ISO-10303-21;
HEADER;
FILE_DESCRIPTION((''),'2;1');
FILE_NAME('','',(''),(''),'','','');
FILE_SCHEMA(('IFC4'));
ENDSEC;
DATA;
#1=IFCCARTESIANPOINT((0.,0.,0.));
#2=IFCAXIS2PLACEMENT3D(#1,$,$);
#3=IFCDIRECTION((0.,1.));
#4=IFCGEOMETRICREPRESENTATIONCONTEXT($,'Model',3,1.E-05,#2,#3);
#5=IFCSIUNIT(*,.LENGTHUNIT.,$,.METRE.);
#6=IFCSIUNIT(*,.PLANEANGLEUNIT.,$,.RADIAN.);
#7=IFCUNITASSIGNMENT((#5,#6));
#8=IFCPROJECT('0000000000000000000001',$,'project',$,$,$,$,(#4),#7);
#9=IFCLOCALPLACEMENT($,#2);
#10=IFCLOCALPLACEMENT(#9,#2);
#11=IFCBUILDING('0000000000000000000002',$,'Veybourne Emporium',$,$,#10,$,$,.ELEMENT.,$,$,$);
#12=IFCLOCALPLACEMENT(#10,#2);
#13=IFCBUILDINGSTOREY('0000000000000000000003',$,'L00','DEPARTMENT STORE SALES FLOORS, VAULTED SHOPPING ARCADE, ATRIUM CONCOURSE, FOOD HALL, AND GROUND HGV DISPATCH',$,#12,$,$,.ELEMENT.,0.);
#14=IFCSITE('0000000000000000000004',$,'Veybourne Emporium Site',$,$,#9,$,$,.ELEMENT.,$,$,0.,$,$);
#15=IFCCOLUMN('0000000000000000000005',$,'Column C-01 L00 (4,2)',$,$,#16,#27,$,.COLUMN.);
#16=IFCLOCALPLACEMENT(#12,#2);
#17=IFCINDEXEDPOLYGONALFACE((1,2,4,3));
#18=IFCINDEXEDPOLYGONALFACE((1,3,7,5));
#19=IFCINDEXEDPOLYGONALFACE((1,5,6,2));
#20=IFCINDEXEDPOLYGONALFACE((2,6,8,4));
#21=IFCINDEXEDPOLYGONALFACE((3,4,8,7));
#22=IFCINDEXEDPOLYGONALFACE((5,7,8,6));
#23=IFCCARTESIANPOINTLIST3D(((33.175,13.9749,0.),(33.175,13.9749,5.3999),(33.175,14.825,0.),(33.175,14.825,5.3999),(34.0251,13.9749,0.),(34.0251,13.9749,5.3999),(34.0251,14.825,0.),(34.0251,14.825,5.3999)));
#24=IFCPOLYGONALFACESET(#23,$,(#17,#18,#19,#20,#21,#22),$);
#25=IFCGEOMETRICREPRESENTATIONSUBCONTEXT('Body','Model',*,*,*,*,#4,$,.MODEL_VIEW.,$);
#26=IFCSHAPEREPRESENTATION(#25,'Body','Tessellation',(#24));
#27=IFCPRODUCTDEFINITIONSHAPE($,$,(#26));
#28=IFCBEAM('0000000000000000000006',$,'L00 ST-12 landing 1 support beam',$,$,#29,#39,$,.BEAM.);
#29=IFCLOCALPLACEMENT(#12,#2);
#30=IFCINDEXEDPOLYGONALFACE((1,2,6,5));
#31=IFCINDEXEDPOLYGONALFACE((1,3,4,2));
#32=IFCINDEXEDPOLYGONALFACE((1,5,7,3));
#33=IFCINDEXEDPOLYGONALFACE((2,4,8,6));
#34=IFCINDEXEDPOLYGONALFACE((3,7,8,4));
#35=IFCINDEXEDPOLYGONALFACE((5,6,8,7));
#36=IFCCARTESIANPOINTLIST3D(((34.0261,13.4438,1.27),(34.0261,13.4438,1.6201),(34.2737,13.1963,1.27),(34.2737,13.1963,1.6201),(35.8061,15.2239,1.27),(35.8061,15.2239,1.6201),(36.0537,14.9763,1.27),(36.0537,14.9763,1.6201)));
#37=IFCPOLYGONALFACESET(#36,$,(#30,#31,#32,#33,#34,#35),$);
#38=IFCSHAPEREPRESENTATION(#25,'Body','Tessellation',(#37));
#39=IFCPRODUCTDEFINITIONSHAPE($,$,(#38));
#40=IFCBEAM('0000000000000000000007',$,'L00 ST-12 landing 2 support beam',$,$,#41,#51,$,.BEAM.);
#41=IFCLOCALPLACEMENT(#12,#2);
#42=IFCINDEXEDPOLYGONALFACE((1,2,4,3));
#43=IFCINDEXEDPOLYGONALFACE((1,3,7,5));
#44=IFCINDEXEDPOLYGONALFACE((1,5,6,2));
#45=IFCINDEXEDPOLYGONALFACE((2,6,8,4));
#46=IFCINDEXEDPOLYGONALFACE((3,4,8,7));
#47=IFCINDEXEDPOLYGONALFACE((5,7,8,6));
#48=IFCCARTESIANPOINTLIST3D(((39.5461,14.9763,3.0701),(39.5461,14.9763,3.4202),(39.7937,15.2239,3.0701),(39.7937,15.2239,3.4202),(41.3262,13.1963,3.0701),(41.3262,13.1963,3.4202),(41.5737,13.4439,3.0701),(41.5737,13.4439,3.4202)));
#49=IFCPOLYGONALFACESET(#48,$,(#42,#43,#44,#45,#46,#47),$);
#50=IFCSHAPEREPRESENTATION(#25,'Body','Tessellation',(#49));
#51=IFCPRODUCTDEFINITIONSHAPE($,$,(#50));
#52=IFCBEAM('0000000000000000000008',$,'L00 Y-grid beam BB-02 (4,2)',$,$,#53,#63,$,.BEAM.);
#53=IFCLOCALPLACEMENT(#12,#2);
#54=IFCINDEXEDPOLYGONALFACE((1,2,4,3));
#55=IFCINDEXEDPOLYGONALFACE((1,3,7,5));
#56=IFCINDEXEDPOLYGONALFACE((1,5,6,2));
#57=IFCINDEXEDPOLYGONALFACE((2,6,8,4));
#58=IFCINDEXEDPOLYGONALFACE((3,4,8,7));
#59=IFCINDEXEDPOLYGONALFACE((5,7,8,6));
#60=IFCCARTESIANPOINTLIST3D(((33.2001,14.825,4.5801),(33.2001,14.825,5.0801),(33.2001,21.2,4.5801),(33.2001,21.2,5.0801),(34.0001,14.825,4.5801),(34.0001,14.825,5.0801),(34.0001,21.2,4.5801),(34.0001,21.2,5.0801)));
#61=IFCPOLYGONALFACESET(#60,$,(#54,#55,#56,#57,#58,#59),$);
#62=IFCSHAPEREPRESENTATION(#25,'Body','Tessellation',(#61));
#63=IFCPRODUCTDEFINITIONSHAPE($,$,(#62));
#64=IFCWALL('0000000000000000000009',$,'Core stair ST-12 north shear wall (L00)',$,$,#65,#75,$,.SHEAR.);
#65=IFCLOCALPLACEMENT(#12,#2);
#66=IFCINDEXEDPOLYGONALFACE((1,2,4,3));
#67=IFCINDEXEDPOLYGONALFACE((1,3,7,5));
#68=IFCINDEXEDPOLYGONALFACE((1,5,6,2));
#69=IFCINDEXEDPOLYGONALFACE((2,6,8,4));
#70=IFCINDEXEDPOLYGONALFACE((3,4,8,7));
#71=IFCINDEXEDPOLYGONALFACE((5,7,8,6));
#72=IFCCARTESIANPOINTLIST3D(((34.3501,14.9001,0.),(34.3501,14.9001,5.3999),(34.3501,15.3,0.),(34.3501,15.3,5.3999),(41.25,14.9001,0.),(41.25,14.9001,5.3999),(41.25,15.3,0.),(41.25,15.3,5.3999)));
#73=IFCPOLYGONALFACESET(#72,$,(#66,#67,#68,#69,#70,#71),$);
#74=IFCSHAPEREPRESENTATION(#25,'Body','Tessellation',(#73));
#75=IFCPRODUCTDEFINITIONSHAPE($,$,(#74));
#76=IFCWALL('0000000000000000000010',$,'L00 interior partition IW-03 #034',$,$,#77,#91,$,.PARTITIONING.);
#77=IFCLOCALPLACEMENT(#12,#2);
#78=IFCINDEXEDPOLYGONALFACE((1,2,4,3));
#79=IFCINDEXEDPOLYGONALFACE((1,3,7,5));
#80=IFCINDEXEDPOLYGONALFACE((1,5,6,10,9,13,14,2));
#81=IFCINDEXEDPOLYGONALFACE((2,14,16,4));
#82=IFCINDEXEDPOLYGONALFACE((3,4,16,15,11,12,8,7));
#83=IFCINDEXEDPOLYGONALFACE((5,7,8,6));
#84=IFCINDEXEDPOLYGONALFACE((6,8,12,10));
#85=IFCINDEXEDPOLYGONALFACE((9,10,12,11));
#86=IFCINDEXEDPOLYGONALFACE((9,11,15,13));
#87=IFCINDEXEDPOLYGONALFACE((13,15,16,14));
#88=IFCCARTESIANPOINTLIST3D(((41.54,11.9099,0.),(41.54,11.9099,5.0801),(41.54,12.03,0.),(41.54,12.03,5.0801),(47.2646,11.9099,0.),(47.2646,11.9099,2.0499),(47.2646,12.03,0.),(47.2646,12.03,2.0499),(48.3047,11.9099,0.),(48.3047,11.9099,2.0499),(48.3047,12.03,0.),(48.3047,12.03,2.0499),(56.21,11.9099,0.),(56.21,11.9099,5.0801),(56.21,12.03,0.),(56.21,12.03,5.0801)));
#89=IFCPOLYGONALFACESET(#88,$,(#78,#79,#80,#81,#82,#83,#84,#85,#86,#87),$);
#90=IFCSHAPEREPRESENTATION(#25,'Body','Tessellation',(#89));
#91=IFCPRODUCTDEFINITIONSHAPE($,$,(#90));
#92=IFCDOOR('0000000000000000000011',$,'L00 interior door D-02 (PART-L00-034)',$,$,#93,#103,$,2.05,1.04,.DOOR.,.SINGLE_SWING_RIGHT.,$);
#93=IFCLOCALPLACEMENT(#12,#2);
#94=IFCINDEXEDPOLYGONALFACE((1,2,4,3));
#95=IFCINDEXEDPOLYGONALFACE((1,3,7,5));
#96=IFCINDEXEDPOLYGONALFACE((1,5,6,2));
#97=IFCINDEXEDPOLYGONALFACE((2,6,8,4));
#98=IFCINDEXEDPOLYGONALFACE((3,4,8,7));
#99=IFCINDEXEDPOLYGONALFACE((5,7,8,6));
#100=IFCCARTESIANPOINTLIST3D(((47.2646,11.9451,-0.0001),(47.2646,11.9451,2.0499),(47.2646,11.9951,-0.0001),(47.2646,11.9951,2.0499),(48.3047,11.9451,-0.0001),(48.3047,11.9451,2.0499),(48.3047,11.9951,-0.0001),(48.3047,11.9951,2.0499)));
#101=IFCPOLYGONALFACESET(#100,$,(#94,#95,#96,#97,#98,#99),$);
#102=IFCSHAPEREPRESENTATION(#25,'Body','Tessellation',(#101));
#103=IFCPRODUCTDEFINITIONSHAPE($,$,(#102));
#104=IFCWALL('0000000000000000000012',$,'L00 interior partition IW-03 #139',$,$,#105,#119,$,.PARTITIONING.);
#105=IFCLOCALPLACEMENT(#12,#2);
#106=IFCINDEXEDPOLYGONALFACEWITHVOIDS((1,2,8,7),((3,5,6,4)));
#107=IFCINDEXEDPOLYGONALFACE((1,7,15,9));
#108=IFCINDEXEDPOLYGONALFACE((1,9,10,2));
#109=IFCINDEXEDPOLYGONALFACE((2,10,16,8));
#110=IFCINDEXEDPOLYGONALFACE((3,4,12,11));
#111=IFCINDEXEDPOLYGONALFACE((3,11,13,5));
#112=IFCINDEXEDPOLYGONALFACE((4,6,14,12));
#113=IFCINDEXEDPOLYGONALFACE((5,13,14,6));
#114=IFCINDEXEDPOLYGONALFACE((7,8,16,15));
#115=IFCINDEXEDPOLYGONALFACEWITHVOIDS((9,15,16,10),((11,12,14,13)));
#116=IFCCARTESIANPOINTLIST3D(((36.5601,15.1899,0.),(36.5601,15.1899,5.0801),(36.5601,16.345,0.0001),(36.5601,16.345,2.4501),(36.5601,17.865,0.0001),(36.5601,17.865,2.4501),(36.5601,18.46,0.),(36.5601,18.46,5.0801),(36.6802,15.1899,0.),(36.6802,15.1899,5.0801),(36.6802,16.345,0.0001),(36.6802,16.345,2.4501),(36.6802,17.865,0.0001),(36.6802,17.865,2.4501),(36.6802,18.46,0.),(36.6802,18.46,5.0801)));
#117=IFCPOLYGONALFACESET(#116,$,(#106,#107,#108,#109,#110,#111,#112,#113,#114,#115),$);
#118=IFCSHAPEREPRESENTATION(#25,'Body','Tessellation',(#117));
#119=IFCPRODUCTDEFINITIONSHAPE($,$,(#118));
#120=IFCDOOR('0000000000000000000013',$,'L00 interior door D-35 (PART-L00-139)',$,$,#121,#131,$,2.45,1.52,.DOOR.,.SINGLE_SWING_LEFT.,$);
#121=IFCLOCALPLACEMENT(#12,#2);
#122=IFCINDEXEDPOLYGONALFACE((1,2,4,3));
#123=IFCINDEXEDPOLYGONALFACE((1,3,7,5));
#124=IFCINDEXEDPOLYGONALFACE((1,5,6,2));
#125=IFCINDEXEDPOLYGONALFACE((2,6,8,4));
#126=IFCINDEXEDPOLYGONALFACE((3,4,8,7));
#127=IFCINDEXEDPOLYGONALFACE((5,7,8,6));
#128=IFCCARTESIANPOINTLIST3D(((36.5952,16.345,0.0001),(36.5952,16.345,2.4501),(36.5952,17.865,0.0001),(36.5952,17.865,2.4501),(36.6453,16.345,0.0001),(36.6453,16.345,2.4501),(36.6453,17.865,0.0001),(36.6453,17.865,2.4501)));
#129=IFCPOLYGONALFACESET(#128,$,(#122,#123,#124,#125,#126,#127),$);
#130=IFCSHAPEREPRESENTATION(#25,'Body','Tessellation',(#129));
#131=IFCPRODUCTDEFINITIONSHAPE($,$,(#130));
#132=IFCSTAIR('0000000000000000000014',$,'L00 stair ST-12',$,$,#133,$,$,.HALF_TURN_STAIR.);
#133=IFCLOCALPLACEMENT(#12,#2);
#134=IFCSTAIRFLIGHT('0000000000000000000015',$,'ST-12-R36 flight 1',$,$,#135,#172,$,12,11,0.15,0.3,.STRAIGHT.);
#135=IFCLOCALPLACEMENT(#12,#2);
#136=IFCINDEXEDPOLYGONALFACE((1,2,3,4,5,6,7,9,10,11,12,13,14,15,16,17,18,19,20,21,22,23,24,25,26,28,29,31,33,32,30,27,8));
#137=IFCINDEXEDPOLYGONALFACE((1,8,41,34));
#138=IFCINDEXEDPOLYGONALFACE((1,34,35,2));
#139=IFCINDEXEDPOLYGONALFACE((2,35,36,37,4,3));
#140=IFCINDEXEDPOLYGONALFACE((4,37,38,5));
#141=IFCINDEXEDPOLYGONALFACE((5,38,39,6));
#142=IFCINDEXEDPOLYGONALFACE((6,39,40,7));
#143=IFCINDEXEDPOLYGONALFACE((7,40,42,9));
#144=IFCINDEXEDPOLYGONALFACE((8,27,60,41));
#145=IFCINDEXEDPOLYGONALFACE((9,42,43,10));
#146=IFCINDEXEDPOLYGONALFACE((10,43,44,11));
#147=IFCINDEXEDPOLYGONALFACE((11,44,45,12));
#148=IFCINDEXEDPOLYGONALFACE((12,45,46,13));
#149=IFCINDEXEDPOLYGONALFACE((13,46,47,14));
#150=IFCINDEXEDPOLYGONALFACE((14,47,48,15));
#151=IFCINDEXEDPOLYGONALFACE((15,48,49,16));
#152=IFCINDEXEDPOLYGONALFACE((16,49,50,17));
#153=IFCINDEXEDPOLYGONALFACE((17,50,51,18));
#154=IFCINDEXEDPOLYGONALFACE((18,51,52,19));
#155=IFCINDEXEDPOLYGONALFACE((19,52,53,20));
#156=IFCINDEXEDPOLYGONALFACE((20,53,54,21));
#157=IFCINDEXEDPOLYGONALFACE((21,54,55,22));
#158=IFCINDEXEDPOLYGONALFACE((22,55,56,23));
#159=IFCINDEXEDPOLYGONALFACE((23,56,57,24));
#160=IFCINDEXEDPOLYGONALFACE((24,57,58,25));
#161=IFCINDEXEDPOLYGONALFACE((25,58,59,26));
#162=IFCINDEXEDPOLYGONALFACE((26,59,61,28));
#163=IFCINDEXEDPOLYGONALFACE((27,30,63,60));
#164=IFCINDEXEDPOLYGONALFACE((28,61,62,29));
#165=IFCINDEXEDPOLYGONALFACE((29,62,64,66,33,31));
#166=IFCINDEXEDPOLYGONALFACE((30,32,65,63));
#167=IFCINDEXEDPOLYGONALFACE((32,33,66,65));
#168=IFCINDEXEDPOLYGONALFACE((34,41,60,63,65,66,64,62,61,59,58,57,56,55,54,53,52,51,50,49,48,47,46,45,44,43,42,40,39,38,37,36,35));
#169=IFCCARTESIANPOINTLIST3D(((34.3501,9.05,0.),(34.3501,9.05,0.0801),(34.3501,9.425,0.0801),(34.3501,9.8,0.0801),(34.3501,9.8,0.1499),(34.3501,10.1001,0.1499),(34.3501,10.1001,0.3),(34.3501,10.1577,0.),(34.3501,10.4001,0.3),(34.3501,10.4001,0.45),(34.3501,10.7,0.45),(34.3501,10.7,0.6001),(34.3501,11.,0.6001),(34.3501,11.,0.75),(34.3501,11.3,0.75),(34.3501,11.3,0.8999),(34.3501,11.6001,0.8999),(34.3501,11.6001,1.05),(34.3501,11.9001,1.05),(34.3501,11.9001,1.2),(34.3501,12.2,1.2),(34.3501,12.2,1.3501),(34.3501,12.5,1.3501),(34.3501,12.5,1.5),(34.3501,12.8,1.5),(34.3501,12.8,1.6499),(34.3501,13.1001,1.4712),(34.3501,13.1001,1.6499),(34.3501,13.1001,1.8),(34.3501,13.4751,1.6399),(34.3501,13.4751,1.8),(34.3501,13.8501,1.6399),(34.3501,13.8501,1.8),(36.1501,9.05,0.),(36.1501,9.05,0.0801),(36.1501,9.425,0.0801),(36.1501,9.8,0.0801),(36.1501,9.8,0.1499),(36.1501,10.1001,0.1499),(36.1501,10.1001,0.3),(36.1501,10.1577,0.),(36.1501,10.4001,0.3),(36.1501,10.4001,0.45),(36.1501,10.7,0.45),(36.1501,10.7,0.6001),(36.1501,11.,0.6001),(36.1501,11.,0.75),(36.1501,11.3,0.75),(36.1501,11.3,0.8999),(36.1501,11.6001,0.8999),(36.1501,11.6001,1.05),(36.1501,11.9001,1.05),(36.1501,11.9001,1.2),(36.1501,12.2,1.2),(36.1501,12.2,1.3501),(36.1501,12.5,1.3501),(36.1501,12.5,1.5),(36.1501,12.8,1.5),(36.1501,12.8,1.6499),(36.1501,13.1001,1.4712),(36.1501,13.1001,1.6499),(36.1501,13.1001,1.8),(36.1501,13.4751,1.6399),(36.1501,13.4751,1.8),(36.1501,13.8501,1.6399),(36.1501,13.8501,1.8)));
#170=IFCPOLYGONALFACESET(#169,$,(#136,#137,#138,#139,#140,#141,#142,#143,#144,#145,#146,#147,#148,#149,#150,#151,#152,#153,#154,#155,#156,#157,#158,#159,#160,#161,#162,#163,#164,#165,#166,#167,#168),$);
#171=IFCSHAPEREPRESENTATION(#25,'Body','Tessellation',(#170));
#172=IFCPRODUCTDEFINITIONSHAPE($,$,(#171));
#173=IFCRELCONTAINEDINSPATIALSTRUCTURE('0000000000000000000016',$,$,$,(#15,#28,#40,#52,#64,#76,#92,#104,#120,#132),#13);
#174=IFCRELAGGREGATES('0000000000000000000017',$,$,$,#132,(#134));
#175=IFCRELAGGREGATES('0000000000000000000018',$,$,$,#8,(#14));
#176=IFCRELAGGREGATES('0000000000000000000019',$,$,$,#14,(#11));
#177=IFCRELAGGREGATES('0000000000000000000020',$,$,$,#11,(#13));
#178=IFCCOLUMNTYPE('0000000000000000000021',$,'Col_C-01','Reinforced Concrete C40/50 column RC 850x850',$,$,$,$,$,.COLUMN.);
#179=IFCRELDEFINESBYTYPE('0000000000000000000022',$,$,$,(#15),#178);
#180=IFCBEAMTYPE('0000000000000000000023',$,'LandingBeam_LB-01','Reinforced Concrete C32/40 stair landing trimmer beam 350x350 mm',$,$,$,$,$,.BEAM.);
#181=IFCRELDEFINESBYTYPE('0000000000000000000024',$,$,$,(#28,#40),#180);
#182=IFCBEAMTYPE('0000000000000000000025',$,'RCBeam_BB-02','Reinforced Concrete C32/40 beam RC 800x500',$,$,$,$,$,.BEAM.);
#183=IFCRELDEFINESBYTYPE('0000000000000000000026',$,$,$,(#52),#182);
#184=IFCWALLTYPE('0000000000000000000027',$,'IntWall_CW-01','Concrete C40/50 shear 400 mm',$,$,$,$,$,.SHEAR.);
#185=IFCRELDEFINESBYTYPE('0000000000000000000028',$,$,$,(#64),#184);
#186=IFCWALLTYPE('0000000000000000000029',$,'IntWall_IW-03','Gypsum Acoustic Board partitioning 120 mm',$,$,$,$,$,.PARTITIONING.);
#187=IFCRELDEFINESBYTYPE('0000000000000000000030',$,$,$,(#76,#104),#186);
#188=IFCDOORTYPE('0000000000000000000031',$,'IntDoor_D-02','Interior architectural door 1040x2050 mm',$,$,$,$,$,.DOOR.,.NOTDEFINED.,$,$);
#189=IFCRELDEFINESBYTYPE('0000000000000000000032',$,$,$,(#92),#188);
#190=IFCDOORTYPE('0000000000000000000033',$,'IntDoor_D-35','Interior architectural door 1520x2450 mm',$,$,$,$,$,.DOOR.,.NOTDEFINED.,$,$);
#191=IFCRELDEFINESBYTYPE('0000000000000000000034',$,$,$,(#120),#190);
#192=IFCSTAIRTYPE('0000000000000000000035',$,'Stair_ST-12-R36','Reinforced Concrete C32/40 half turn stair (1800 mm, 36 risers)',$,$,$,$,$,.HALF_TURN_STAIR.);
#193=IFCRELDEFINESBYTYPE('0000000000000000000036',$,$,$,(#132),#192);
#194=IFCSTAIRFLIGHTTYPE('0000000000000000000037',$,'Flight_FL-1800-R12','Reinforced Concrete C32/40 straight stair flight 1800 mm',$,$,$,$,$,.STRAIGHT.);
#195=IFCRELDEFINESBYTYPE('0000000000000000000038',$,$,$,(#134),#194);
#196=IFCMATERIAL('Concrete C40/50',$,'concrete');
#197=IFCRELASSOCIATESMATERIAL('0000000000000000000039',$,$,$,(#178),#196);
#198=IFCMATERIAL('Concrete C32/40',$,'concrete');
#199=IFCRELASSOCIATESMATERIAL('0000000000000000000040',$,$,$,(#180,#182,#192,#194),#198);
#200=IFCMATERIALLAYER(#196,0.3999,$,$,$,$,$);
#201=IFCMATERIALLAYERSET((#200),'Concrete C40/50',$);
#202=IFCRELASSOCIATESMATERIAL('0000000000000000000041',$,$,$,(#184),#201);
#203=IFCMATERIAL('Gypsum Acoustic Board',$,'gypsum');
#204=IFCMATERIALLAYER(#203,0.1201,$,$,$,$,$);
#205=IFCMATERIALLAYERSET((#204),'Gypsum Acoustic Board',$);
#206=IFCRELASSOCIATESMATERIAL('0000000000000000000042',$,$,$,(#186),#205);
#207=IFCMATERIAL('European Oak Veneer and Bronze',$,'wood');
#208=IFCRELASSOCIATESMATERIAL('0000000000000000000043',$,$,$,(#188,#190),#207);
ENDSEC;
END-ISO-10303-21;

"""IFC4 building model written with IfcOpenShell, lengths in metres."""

from ifc_helpers import new_model, si_unit, direction, frame, frame_2d, origin, origin_2d, place, context, subcontext, project, spatial, polyline, rectangle, outline, extrude, material, layer, layer_set, material_profile, profile_set, type_object, element, fill, aggregate, save


model = new_model("IFC4")

# Units and contexts
model_context = context("Model", 3, precision=1e-05, world=origin(), true_north=direction((0.0, 1.0)))
body_context = subcontext(model_context, "Body", "Model", "MODEL_VIEW")
ifc_project = project(units=[si_unit("LENGTHUNIT", "METRE"), si_unit("PLANEANGLEUNIT", "RADIAN")], contexts=[model_context])

# Site, building, storey
site_placement = place(None, origin())
site = spatial("IfcSite", under=ifc_project, at=site_placement, Name="Veybourne Emporium Site", CompositionType="ELEMENT", RefElevation=0.0)
building_placement = place(site_placement, origin())
building = spatial("IfcBuilding", under=site, at=building_placement, Name="Veybourne Emporium", CompositionType="ELEMENT")
storey_placement = place(building_placement, origin())
storey = spatial("IfcBuildingStorey", under=building, at=storey_placement, Name="L00", Description="DEPARTMENT STORE SALES FLOORS, VAULTED SHOPPING ARCADE, ATRIUM CONCOURSE, FOOD HALL, AND GROUND HGV DISPATCH", CompositionType="ELEMENT", Elevation=0.0)

# Column
ifc_material_1 = material(Name="Concrete C40/50", Category="concrete")
ifc_material_profile_1 = material_profile(ifc_material_1, rectangle(XDim=0.8501, YDim=0.8501, at=origin_2d()), Name="RC 850x850")
ifc_profile_set_1 = profile_set([ifc_material_profile_1], Name="Concrete C40/50")
column_type = type_object("IfcColumnType", Name="Col_C-01", Description="Reinforced Concrete C40/50 column RC 850x850", PredefinedType="COLUMN", material=ifc_profile_set_1)
column_placement = place(storey_placement, frame((33.6001, 14.3999, 0.0), z_axis=(0.0, 0.0, 1.0), x_axis=(1.0, 0.0, 0.0)))
element("IfcColumn", 1, at=column_placement, inside=storey, type_object=column_type, Name="Column C-01 L00 (4,2)", PredefinedType="COLUMN", context=body_context, shape_type="SweptSolid", body=[
    extrude(rectangle(XDim=0.8501, YDim=0.8501, at=origin_2d()), origin(), (0.0, 0.0, 1.0), 5.3999),
])

# Beams
ifc_material_2 = material(Name="Concrete C32/40", Category="concrete")
ifc_material_profile_2 = material_profile(ifc_material_2, rectangle(XDim=0.3501, YDim=0.3501, at=origin_2d()), Name="RC 350x350")
ifc_profile_set_2 = profile_set([ifc_material_profile_2], Name="Concrete C32/40")
beam_type_1 = type_object("IfcBeamType", Name="LandingBeam_LB-01", Description="Reinforced Concrete C32/40 stair landing trimmer beam 350x350 mm", PredefinedType="BEAM", material=ifc_profile_set_2)
for number, where, z_axis, x_axis, name in (
    (2, (34.1499, 13.3201, 1.4451), (0.707107, 0.707107, 0.0), (-0.707107, 0.707107, 0.0), "L00 ST-12 landing 1 support beam"),
    (3, (39.6699, 15.1001, 3.2451), (0.707107, -0.707107, 0.0), (0.707107, 0.707107, 0.0), "L00 ST-12 landing 2 support beam"),
):
    element("IfcBeam", number, at=place(storey_placement, frame(where, z_axis=z_axis, x_axis=x_axis)), inside=storey, type_object=beam_type_1, Name=name, PredefinedType="BEAM", context=body_context, shape_type="SweptSolid", body=[
        extrude(rectangle(XDim=0.3501, YDim=0.3501, at=origin_2d()), origin(), (0.0, 0.0, 1.0), 2.5173),
    ])
ifc_material_profile_3 = material_profile(ifc_material_2, rectangle(XDim=0.8, YDim=0.5, at=origin_2d()), Name="RC 800x500")
ifc_profile_set_3 = profile_set([ifc_material_profile_3], Name="Concrete C32/40")
beam_type_2 = type_object("IfcBeamType", Name="RCBeam_BB-02", Description="Reinforced Concrete C32/40 beam RC 800x500", PredefinedType="BEAM", material=ifc_profile_set_3)
beam_placement = place(storey_placement, frame((33.6001, 14.825, 4.8301), z_axis=(0.0, 1.0, 0.0), x_axis=(-1.0, 0.0, 0.0)))
element("IfcBeam", 4, at=beam_placement, inside=storey, type_object=beam_type_2, Name="L00 Y-grid beam BB-02 (4,2)", PredefinedType="BEAM", context=body_context, shape_type="SweptSolid", body=[
    extrude(rectangle(XDim=0.8, YDim=0.5, at=origin_2d()), origin(), (0.0, 0.0, 1.0), 6.375),
])

# Wall
ifc_layer_1 = layer(ifc_material_1, 0.3999)
ifc_layer_set_1 = layer_set([ifc_layer_1], Name="Concrete C40/50")
wall_type_1 = type_object("IfcWallType", Name="IntWall_CW-01", Description="Concrete C40/50 shear 400 mm", PredefinedType="SHEAR", material=ifc_layer_set_1)
wall_1_placement = place(storey_placement, frame((34.3501, 15.1001, 0.0), z_axis=(0.0, 0.0, 1.0), x_axis=(1.0, 0.0, 0.0)))
element("IfcWall", 5, at=wall_1_placement, inside=storey, type_object=wall_type_1, Name="Core stair ST-12 north shear wall (L00)", PredefinedType="SHEAR", context=body_context, shape_type="SweptSolid", body=[
    extrude(rectangle(XDim=6.8999, YDim=0.3999, at=frame_2d((3.45, 0.0))), origin(), (0.0, 0.0, 1.0), 5.3999),
])

# Walls, openings, doors
ifc_material_3 = material(Name="Gypsum Acoustic Board", Category="gypsum")
ifc_material_4 = material(Name="European Oak Veneer and Bronze", Category="wood")
ifc_layer_2 = layer(ifc_material_3, 0.1201)
ifc_layer_set_2 = layer_set([ifc_layer_2], Name="Gypsum Acoustic Board")
wall_type_2 = type_object("IfcWallType", Name="IntWall_IW-03", Description="Gypsum Acoustic Board partitioning 120 mm", PredefinedType="PARTITIONING", material=ifc_layer_set_2)
wall_2_placement = place(storey_placement, frame((41.54, 11.97, 0.0), z_axis=(0.0, 0.0, 1.0), x_axis=(1.0, 0.0, 0.0)))
wall_2 = element("IfcWall", 6, at=wall_2_placement, inside=storey, type_object=wall_type_2, Name="L00 interior partition IW-03 #034", PredefinedType="PARTITIONING", context=body_context, shape_type="SweptSolid", body=[
    extrude(rectangle(XDim=14.6699, YDim=0.1201, at=frame_2d((7.335, 0.0))), origin(), (0.0, 0.0, 1.0), 5.0801),
])
opening_1_placement = place(wall_2_placement, frame((5.7246, 0.0, 0.0)))
opening_1 = element("IfcOpeningElement", 7, at=opening_1_placement, cuts=wall_2, PredefinedType="OPENING", context=body_context, shape_type="SweptSolid", body=[
    extrude(rectangle(XDim=1.04, YDim=2.05, at=frame_2d((0.52, 1.0249))), frame((0.0, 0.0801, 0.0), z_axis=(0.0, -1.0, 0.0), x_axis=(1.0, 0.0, 0.0)), (0.0, 0.0, 1.0), 0.1602),
])
door_type_1 = type_object("IfcDoorType", Name="IntDoor_D-02", Description="Interior architectural door 1040x2050 mm", OperationType="NOTDEFINED", PredefinedType="DOOR", material=ifc_material_4)
door_1_placement = place(opening_1_placement, frame((1.04, 0.0, 0.0), z_axis=(0.0, 0.0, 1.0), x_axis=(-1.0, 0.0, 0.0)))
door_1 = element("IfcDoor", 8, at=door_1_placement, inside=storey, type_object=door_type_1, Name="L00 interior door D-02 (PART-L00-034)", OperationType="SINGLE_SWING_RIGHT", OverallHeight=2.05, OverallWidth=1.04, PredefinedType="DOOR", context=body_context, shape_type="SweptSolid", body=[
    extrude(rectangle(XDim=1.04, YDim=2.05, at=frame_2d((0.52, 1.0249))), frame((0.0, 0.0249, 0.0), z_axis=(0.0, -1.0, 0.0), x_axis=(1.0, 0.0, 0.0)), (0.0, 0.0, 1.0), 0.05),
])
fill(opening_1, door_1)
wall_3_placement = place(storey_placement, frame((36.6201, 15.1899, 0.0), z_axis=(0.0, 0.0, 1.0), x_axis=(0.0, 1.0, 0.0)))
wall_3 = element("IfcWall", 9, at=wall_3_placement, inside=storey, type_object=wall_type_2, Name="L00 interior partition IW-03 #139", PredefinedType="PARTITIONING", context=body_context, shape_type="SweptSolid", body=[
    extrude(rectangle(XDim=3.27, YDim=0.1201, at=frame_2d((1.635, 0.0))), origin(), (0.0, 0.0, 1.0), 5.0801),
])
opening_2_placement = place(wall_3_placement, frame((1.155, 0.0, 0.0)))
opening_2 = element("IfcOpeningElement", 10, at=opening_2_placement, cuts=wall_3, PredefinedType="OPENING", context=body_context, shape_type="SweptSolid", body=[
    extrude(rectangle(XDim=1.52, YDim=2.45, at=frame_2d((0.76, 1.2251))), frame((0.0, 0.0801, 0.0), z_axis=(0.0, -1.0, 0.0), x_axis=(1.0, 0.0, 0.0)), (0.0, 0.0, 1.0), 0.1602),
])
door_type_2 = type_object("IfcDoorType", Name="IntDoor_D-35", Description="Interior architectural door 1520x2450 mm", OperationType="NOTDEFINED", PredefinedType="DOOR", material=ifc_material_4)
door_2_placement = place(opening_2_placement, origin())
door_2 = element("IfcDoor", 11, at=door_2_placement, inside=storey, type_object=door_type_2, Name="L00 interior door D-35 (PART-L00-139)", OperationType="SINGLE_SWING_LEFT", OverallHeight=2.45, OverallWidth=1.52, PredefinedType="DOOR", context=body_context, shape_type="SweptSolid", body=[
    extrude(rectangle(XDim=1.52, YDim=2.45, at=frame_2d((0.76, 1.2251))), frame((0.0, 0.0249, 0.0), z_axis=(0.0, -1.0, 0.0), x_axis=(1.0, 0.0, 0.0)), (0.0, 0.0, 1.0), 0.05),
])
fill(opening_2, door_2)

# Stair, stair flight
stair_type = type_object("IfcStairType", Name="Stair_ST-12-R36", Description="Reinforced Concrete C32/40 half turn stair (1800 mm, 36 risers)", PredefinedType="HALF_TURN_STAIR", material=ifc_material_2)
stair_placement = place(storey_placement, origin())
stair = element("IfcStair", 12, at=stair_placement, inside=storey, type_object=stair_type, Name="L00 stair ST-12", PredefinedType="HALF_TURN_STAIR")
stair_flight_type = type_object("IfcStairFlightType", Name="Flight_FL-1800-R12", Description="Reinforced Concrete C32/40 straight stair flight 1800 mm", PredefinedType="STRAIGHT", material=ifc_material_2)
stair_flight_1_placement = place(storey_placement, frame((35.25, 9.8, 0.0), z_axis=(0.0, 0.0, 1.0), x_axis=(0.0, 1.0, 0.0)))
stair_flight_1 = element("IfcStairFlight", 13, at=stair_flight_1_placement, type_object=stair_flight_type, Name="ST-12-R36 flight 1", NumberOfRisers=12, NumberOfTreads=11, PredefinedType="STRAIGHT", RiserHeight=0.15, TreadLength=0.3, context=body_context, shape_type="SweptSolid", body=[
    extrude(outline(polyline([(-0.75, 0.0), (-0.75, 0.0801), (-0.375, 0.0801), (0.0, 0.0801), (0.0, 0.1499), (0.3, 0.1499), (0.3, 0.3), (0.6001, 0.3), (0.6001, 0.45), (0.8999, 0.45), (0.8999, 0.6001), (1.2, 0.6001), (1.2, 0.75), (1.5, 0.75), (1.5, 0.8999), (1.8, 0.8999), (1.8, 1.05), (2.1001, 1.05), (2.1001, 1.2), (2.3999, 1.2), (2.3999, 1.3501), (2.7, 1.3501), (2.7, 1.5), (3.0, 1.5), (3.0, 1.6499), (3.3, 1.6499), (3.3, 1.8), (3.675, 1.8), (4.05, 1.8), (4.05, 1.6399), (3.675, 1.6399), (3.3, 1.4712), (0.3577, 0.0), (-0.75, 0.0)])), frame((0.0, 0.8999, 0.0), z_axis=(0.0, -1.0, 0.0), x_axis=(1.0, 0.0, 0.0)), (0.0, 0.0, 1.0), 1.8),
])
aggregate(stair, [stair_flight_1])

save(model, "model.ifc")
